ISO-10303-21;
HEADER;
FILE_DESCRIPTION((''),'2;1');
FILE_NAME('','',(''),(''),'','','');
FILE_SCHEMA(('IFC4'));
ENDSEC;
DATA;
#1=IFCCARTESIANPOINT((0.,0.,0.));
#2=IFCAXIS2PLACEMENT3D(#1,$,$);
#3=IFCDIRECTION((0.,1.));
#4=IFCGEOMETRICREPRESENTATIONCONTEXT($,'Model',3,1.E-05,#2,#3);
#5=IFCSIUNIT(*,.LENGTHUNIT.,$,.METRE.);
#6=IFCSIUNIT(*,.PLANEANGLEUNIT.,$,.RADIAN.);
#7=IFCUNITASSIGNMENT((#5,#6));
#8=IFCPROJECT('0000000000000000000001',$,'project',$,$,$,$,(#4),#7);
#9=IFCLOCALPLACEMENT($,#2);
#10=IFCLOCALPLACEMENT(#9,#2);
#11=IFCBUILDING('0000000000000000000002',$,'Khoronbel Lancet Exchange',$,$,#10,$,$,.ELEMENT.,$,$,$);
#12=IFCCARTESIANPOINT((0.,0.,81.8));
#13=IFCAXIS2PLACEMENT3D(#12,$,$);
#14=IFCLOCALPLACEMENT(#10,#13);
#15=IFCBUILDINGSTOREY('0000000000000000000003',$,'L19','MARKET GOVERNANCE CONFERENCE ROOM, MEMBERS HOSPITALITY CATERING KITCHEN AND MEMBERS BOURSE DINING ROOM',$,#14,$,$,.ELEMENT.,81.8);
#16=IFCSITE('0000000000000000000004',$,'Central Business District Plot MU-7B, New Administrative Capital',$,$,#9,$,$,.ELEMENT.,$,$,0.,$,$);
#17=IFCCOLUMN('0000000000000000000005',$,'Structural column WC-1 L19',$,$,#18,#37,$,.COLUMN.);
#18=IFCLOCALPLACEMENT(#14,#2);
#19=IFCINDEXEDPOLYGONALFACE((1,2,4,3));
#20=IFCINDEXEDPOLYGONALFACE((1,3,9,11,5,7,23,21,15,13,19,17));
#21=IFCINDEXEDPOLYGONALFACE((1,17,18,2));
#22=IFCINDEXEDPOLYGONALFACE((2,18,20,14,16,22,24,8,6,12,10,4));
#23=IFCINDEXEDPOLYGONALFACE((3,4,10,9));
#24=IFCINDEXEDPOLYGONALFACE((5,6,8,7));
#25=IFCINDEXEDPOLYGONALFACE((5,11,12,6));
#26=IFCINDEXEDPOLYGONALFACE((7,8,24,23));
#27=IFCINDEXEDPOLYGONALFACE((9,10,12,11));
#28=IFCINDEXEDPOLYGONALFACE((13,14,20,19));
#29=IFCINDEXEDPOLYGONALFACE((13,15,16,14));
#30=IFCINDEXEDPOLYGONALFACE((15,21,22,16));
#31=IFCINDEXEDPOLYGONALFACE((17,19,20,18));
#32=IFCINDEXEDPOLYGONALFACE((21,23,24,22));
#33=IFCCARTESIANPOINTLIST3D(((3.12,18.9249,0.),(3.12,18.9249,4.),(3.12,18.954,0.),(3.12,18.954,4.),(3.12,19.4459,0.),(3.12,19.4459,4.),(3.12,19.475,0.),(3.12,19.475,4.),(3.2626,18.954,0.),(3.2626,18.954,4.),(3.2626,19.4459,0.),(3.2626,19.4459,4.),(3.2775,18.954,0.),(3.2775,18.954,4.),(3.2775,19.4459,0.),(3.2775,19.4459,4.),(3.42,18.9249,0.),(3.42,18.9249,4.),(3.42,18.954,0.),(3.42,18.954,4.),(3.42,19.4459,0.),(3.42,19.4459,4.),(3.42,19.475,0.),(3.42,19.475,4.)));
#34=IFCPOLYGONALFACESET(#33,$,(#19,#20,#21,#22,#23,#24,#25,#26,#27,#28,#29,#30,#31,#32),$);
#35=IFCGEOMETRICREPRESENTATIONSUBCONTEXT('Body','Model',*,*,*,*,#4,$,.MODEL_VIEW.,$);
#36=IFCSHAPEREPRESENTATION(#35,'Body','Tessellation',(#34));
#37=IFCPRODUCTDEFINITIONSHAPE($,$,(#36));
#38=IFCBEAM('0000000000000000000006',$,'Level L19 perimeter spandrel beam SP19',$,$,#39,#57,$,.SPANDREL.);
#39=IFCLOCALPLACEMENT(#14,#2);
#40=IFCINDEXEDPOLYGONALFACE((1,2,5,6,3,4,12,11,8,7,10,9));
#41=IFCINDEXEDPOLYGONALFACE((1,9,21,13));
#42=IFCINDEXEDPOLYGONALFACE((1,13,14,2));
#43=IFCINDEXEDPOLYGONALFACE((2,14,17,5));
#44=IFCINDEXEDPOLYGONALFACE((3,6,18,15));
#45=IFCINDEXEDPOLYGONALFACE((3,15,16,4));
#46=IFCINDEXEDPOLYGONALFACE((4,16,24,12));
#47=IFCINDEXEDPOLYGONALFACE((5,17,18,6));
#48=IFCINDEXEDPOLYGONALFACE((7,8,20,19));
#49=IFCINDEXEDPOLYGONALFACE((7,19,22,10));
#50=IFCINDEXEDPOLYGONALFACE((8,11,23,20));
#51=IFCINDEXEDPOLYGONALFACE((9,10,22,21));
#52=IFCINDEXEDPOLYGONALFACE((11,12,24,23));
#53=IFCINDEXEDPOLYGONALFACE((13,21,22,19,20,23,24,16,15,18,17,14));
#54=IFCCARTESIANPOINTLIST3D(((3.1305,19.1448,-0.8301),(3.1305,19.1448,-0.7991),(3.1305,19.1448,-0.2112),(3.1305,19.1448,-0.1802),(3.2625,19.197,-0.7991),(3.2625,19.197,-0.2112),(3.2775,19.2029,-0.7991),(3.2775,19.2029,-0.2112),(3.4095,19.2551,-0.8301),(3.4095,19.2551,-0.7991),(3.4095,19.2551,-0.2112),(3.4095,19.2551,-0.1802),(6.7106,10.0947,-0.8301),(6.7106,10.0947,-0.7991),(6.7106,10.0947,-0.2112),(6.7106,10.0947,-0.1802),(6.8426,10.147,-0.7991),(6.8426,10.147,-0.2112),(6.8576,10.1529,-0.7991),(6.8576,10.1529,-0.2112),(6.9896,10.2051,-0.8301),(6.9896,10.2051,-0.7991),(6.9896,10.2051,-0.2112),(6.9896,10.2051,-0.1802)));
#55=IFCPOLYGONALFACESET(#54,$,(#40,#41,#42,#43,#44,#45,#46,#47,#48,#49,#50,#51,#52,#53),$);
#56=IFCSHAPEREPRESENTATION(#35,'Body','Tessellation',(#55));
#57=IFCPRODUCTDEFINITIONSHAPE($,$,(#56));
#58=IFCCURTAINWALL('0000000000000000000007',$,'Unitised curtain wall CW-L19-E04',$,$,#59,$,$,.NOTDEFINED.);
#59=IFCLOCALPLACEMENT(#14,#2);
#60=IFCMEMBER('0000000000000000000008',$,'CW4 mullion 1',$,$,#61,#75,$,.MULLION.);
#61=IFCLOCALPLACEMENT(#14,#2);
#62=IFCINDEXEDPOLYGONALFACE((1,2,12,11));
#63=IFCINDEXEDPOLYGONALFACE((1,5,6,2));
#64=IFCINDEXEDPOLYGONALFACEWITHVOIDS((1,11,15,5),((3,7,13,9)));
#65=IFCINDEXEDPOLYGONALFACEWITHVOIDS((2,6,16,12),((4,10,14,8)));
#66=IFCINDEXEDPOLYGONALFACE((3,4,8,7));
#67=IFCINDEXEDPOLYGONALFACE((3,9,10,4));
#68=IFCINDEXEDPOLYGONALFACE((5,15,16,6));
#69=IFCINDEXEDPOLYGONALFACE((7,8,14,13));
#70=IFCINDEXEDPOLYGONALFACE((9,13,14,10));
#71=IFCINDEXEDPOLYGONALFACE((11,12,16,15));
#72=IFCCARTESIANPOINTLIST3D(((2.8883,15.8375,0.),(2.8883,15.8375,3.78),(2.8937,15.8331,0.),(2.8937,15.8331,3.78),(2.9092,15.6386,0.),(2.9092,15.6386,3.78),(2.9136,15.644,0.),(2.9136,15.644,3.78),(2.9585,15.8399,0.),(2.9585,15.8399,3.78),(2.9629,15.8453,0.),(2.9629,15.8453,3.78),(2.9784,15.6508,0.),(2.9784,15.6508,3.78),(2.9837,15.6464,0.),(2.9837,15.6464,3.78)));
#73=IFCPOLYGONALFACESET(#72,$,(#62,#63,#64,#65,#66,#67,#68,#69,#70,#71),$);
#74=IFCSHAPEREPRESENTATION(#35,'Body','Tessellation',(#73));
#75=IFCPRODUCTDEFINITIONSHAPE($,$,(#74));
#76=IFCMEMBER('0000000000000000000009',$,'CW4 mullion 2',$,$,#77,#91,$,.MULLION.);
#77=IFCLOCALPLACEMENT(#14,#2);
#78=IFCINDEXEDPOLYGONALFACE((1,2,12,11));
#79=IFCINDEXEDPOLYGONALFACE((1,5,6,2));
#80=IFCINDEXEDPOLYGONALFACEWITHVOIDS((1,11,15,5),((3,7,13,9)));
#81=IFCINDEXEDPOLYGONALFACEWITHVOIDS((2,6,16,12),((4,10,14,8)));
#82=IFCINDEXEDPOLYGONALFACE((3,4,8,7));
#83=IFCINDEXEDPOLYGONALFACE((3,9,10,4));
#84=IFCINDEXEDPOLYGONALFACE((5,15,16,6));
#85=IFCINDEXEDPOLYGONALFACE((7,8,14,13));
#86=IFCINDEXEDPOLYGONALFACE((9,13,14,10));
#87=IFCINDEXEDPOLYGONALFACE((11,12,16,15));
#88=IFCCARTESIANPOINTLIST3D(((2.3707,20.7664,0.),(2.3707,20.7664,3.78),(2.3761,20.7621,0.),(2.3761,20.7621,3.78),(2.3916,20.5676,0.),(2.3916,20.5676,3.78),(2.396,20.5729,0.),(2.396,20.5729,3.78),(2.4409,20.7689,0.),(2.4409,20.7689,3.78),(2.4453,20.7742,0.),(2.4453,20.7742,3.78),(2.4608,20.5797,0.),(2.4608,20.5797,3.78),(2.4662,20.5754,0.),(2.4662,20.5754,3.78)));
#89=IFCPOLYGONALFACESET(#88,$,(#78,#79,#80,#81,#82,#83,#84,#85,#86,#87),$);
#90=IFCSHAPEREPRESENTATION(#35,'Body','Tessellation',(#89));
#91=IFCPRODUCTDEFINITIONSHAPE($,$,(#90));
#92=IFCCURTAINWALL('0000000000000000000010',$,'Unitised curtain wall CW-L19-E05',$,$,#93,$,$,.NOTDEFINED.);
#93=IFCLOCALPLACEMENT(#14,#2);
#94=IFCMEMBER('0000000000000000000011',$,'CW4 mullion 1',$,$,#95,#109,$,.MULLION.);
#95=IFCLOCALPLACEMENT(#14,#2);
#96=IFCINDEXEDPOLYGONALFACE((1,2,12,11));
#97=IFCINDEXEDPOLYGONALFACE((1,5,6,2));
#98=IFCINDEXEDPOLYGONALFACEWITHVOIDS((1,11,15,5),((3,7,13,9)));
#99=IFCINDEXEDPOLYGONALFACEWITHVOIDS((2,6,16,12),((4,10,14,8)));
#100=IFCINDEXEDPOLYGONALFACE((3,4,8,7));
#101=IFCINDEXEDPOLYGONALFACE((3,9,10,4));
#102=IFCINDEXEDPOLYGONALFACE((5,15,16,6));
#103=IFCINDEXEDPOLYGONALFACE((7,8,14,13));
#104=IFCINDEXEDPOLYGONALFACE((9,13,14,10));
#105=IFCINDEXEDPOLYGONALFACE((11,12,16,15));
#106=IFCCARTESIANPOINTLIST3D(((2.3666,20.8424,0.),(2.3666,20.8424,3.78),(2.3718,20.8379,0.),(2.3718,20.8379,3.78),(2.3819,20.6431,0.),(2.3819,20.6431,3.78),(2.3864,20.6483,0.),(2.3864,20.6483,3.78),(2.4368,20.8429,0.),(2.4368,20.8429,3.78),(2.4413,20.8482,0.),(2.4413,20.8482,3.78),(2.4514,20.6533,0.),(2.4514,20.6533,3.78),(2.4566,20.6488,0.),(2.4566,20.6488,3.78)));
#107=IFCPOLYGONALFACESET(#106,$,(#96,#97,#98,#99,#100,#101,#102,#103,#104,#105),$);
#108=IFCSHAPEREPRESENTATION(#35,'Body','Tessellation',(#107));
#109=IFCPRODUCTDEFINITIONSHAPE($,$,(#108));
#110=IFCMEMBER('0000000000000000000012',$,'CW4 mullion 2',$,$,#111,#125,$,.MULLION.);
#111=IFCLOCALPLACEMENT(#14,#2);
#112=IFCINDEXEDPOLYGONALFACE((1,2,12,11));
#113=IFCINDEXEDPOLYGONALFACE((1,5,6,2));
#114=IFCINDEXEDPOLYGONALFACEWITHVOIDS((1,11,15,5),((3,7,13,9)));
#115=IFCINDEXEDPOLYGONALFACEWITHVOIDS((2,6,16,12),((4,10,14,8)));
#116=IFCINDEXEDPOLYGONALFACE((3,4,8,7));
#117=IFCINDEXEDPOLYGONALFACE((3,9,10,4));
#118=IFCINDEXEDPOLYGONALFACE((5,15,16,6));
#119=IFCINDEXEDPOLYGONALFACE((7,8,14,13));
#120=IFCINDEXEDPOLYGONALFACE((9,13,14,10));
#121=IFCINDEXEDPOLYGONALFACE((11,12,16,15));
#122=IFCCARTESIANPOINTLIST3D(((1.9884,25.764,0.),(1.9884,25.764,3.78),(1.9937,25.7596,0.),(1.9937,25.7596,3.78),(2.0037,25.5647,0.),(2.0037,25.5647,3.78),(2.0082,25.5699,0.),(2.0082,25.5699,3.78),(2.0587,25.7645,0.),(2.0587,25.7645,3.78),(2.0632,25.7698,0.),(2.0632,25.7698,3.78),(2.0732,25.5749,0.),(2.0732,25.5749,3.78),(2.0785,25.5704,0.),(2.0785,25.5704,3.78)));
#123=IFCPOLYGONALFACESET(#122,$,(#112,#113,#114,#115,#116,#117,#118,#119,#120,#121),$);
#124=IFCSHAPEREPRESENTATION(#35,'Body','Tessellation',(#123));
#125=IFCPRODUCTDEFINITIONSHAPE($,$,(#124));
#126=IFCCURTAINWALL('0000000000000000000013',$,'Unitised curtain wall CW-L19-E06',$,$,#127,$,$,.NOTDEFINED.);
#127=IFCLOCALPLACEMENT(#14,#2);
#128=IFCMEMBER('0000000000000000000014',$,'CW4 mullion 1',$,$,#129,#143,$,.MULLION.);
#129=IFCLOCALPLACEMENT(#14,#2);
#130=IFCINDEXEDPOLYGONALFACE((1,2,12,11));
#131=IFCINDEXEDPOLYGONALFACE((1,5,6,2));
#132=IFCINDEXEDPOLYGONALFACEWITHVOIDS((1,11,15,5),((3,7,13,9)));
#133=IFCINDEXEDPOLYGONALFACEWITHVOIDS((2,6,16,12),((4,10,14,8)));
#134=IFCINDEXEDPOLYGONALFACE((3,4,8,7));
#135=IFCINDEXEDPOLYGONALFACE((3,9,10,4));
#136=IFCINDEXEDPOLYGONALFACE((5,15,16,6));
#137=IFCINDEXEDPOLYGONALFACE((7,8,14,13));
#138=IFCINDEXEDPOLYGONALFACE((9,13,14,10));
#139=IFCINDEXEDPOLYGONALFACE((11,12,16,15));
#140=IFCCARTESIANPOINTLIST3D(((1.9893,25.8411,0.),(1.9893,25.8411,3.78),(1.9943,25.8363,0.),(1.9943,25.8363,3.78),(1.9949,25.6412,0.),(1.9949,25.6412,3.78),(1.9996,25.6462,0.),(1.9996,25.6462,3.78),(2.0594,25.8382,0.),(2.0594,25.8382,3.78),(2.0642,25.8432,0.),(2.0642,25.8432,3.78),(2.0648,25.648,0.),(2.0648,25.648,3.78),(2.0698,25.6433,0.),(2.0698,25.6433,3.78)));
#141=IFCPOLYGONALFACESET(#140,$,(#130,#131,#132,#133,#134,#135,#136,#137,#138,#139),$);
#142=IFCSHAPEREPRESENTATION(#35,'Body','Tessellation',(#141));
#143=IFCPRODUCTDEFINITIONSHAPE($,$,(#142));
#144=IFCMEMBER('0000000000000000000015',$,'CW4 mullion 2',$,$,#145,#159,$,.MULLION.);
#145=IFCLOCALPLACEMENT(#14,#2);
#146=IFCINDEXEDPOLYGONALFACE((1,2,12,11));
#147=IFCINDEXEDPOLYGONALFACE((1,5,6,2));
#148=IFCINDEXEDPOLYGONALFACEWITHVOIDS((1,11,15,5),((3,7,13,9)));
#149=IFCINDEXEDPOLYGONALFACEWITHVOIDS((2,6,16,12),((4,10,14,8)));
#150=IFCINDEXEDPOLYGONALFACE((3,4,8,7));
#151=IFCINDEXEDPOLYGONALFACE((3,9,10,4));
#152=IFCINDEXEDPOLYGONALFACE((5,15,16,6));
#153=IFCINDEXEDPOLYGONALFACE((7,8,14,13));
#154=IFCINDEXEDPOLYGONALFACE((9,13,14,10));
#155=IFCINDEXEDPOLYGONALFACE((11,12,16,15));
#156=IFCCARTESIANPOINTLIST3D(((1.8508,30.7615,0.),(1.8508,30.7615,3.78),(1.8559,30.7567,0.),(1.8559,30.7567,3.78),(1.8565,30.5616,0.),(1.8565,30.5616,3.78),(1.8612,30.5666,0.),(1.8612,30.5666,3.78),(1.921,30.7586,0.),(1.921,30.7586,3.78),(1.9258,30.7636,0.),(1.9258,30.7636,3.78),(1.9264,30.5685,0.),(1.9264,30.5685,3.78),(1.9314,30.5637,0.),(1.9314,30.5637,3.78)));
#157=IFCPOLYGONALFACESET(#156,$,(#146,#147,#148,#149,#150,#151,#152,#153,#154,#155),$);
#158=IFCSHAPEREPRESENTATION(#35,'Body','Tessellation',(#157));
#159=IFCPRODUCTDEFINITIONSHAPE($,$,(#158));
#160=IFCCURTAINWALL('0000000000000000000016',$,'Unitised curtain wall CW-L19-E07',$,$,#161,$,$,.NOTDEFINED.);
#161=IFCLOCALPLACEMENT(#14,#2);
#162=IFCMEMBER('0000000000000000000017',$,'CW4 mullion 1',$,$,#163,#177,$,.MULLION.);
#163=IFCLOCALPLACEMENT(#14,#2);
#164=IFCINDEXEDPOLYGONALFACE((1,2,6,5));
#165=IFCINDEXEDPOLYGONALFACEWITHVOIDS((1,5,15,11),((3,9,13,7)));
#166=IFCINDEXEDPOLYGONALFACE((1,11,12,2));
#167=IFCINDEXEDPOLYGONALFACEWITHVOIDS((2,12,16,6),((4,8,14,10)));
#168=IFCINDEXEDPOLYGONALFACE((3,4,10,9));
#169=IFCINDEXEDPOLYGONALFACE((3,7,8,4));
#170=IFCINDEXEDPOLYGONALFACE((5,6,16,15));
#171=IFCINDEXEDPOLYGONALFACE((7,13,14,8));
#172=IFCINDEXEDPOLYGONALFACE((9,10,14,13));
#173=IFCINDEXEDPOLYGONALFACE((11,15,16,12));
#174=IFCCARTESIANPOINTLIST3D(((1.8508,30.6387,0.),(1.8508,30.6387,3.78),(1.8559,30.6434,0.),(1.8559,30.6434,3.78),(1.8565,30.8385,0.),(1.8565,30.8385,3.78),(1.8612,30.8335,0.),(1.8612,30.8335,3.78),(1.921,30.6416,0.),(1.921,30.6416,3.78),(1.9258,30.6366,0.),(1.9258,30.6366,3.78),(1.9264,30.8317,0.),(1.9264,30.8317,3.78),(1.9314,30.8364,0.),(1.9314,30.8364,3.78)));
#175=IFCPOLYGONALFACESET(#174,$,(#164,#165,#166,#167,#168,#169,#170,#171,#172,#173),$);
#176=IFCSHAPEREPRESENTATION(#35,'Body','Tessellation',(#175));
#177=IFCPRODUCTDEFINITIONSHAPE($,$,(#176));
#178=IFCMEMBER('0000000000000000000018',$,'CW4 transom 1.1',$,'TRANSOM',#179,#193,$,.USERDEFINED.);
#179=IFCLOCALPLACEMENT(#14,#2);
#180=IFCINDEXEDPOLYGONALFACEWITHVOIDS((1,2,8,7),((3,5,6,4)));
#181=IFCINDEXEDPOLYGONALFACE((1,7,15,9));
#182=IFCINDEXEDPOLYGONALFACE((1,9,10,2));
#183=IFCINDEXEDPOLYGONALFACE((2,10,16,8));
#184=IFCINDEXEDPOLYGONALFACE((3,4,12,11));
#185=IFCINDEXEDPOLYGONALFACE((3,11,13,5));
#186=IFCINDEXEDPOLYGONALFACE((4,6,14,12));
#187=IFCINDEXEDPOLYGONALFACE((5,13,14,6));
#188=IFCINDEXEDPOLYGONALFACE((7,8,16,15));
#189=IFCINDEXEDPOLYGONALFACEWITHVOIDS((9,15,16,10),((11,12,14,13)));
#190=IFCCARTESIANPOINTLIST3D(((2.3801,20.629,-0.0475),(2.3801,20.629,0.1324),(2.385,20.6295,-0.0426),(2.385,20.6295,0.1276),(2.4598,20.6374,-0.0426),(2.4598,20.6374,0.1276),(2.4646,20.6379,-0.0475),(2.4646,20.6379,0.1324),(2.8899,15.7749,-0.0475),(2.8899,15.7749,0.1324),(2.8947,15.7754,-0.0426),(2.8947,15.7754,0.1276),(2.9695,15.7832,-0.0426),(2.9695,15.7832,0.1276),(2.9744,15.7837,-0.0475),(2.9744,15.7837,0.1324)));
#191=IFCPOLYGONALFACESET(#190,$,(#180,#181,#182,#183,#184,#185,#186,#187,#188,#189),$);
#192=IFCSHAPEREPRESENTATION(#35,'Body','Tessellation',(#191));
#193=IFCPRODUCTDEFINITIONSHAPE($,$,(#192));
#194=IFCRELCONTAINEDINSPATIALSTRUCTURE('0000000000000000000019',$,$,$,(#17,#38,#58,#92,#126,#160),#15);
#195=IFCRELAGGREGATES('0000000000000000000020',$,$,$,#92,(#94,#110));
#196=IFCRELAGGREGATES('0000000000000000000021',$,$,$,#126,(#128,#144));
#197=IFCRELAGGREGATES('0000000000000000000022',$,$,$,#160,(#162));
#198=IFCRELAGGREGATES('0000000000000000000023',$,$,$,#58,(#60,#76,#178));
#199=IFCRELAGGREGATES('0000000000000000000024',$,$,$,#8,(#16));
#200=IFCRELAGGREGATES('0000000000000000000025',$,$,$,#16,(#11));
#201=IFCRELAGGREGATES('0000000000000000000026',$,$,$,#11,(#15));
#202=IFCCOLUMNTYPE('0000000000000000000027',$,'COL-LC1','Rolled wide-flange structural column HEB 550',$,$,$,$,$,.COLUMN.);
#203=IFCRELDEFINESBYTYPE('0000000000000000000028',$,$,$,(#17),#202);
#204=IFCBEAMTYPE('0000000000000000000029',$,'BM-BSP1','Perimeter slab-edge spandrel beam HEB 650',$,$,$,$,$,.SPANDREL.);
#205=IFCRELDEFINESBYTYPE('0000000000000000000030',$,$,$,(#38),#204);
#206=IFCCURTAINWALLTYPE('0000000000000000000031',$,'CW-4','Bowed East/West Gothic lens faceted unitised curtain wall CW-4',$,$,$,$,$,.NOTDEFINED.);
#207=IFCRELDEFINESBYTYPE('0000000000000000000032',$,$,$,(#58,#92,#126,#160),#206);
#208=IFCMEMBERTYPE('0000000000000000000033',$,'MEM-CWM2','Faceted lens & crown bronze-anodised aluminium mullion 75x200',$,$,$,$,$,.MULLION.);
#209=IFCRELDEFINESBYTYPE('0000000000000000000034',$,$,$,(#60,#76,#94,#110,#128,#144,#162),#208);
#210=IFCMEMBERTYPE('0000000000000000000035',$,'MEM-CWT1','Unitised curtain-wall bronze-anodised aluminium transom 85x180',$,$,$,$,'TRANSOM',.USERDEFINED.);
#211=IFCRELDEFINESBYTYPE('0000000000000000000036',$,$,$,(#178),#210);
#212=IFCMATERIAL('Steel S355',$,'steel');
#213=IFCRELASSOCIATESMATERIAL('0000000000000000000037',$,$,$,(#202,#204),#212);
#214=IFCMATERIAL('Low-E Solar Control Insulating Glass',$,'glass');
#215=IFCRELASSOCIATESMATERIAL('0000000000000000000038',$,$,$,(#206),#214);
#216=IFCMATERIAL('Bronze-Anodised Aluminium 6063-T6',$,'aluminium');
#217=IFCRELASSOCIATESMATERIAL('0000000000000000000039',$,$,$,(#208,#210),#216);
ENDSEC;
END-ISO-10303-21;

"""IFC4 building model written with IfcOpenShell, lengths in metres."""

from ifc_helpers import new_model, si_unit, direction, frame, origin, origin_2d, place, context, subcontext, project, spatial, hollow_rectangle, i_section, extrude, material, material_profile, profile_set, type_object, element, aggregate, save


model = new_model("IFC4")

# Units and contexts
model_context = context("Model", 3, precision=1e-05, world=origin(), true_north=direction((0.0, 1.0)))
body_context = subcontext(model_context, "Body", "Model", "MODEL_VIEW")
ifc_project = project(units=[si_unit("LENGTHUNIT", "METRE"), si_unit("PLANEANGLEUNIT", "RADIAN")], contexts=[model_context])

# Site, building, storey
site_placement = place(None, origin())
site = spatial("IfcSite", under=ifc_project, at=site_placement, Name="Central Business District Plot MU-7B, New Administrative Capital", CompositionType="ELEMENT", RefElevation=0.0)
building_placement = place(site_placement, origin())
building = spatial("IfcBuilding", under=site, at=building_placement, Name="Khoronbel Lancet Exchange", CompositionType="ELEMENT")
storey_placement = place(building_placement, frame((0.0, 0.0, 81.8)))
storey = spatial("IfcBuildingStorey", under=building, at=storey_placement, Name="L19", Description="MARKET GOVERNANCE CONFERENCE ROOM, MEMBERS HOSPITALITY CATERING KITCHEN AND MEMBERS BOURSE DINING ROOM", CompositionType="ELEMENT", Elevation=81.8)

# Column
ifc_material_1 = material(Name="Steel S355", Category="steel")
ifc_material_profile_1 = material_profile(ifc_material_1, i_section(OverallWidth=0.3, OverallDepth=0.55, WebThickness=0.0149, FlangeThickness=0.0291, at=origin_2d()), Name="HEB 550")
ifc_profile_set_1 = profile_set([ifc_material_profile_1], Name="Steel S355")
column_type = type_object("IfcColumnType", Name="COL-LC1", Description="Rolled wide-flange structural column HEB 550", PredefinedType="COLUMN", material=ifc_profile_set_1)
column_placement = place(storey_placement, frame((3.27, 19.2, 0.0), z_axis=(0.0, 0.0, 1.0), x_axis=(1.0, 0.0, 0.0)))
element("IfcColumn", 1, at=column_placement, inside=storey, type_object=column_type, Name="Structural column WC-1 L19", PredefinedType="COLUMN", context=body_context, shape_type="SweptSolid", body=[
    extrude(i_section(OverallWidth=0.3, OverallDepth=0.55, WebThickness=0.0149, FlangeThickness=0.0291, at=origin_2d()), origin(), (0.0, 0.0, 1.0), 4.0),
])

# Beam
ifc_material_profile_2 = material_profile(ifc_material_1, i_section(OverallWidth=0.3, OverallDepth=0.6499, WebThickness=0.0161, FlangeThickness=0.031, at=origin_2d()), Name="HEB 650")
ifc_profile_set_2 = profile_set([ifc_material_profile_2], Name="Steel S355")
beam_type = type_object("IfcBeamType", Name="BM-BSP1", Description="Perimeter slab-edge spandrel beam HEB 650", PredefinedType="SPANDREL", material=ifc_profile_set_2)
beam_placement = place(storey_placement, frame((3.27, 19.2, -0.5051), z_axis=(0.36785, -0.929885, 0.0), x_axis=(0.929885, 0.36785, 0.0)))
element("IfcBeam", 2, at=beam_placement, inside=storey, type_object=beam_type, Name="Level L19 perimeter spandrel beam SP19", PredefinedType="SPANDREL", context=body_context, shape_type="SweptSolid", body=[
    extrude(i_section(OverallWidth=0.3, OverallDepth=0.6499, WebThickness=0.0161, FlangeThickness=0.031, at=origin_2d()), origin(), (0.0, 0.0, 1.0), 9.7324),
])

# Curtain walls, members
ifc_material_2 = material(Name="Low-E Solar Control Insulating Glass", Category="glass")
curtain_wall_type = type_object("IfcCurtainWallType", Name="CW-4", Description="Bowed East/West Gothic lens faceted unitised curtain wall CW-4", PredefinedType="NOTDEFINED", material=ifc_material_2)
curtain_wall_1_placement = place(storey_placement, origin())
curtain_wall_1 = element("IfcCurtainWall", 3, at=curtain_wall_1_placement, inside=storey, type_object=curtain_wall_type, Name="Unitised curtain wall CW-L19-E04", PredefinedType="NOTDEFINED")
ifc_material_3 = material(Name="Bronze-Anodised Aluminium 6063-T6", Category="aluminium")
ifc_material_profile_3 = material_profile(ifc_material_3, hollow_rectangle(XDim=0.075, YDim=0.2, WallThickness=0.0049, at=origin_2d()), Name="ALU MULLION 75x200")
ifc_profile_set_3 = profile_set([ifc_material_profile_3], Name="Bronze-Anodised Aluminium 6063-T6")
member_type_1 = type_object("IfcMemberType", Name="MEM-CWM2", Description="Faceted lens & crown bronze-anodised aluminium mullion 75x200", PredefinedType="MULLION", material=ifc_profile_set_3)
member_1_placement = place(storey_placement, frame((2.936, 15.7419, 0.0), z_axis=(0.0, 0.0, 1.0), x_axis=(-0.994532, -0.104434, 0.0)))
member_1 = element("IfcMember", 4, at=member_1_placement, type_object=member_type_1, Name="CW4 mullion 1", PredefinedType="MULLION", context=body_context, shape_type="SweptSolid", body=[
    extrude(hollow_rectangle(XDim=0.075, YDim=0.2, WallThickness=0.0049, at=origin_2d()), origin(), (0.0, 0.0, 1.0), 3.78),
])
member_2_placement = place(storey_placement, frame((2.4185, 20.6709, 0.0), z_axis=(0.0, 0.0, 1.0), x_axis=(-0.994532, -0.104434, 0.0)))
member_2 = element("IfcMember", 5, at=member_2_placement, type_object=member_type_1, Name="CW4 mullion 2", PredefinedType="MULLION", context=body_context, shape_type="SweptSolid", body=[
    extrude(hollow_rectangle(XDim=0.075, YDim=0.2, WallThickness=0.0049, at=origin_2d()), origin(), (0.0, 0.0, 1.0), 3.78),
])
curtain_wall_2_placement = place(storey_placement, origin())
curtain_wall_2 = element("IfcCurtainWall", 6, at=curtain_wall_2_placement, inside=storey, type_object=curtain_wall_type, Name="Unitised curtain wall CW-L19-E05", PredefinedType="NOTDEFINED")
member_3_placement = place(storey_placement, frame((2.4116, 20.7456, 0.0), z_axis=(0.0, 0.0, 1.0), x_axis=(-0.99706, -0.076626, 0.0)))
member_3 = element("IfcMember", 7, at=member_3_placement, type_object=member_type_1, Name="CW4 mullion 1", PredefinedType="MULLION", context=body_context, shape_type="SweptSolid", body=[
    extrude(hollow_rectangle(XDim=0.075, YDim=0.2, WallThickness=0.0049, at=origin_2d()), origin(), (0.0, 0.0, 1.0), 3.78),
])
member_4_placement = place(storey_placement, frame((2.0334, 25.6672, 0.0), z_axis=(0.0, 0.0, 1.0), x_axis=(-0.99706, -0.076626, 0.0)))
member_4 = element("IfcMember", 8, at=member_4_placement, type_object=member_type_1, Name="CW4 mullion 2", PredefinedType="MULLION", context=body_context, shape_type="SweptSolid", body=[
    extrude(hollow_rectangle(XDim=0.075, YDim=0.2, WallThickness=0.0049, at=origin_2d()), origin(), (0.0, 0.0, 1.0), 3.78),
])
curtain_wall_3_placement = place(storey_placement, origin())
curtain_wall_3 = element("IfcCurtainWall", 9, at=curtain_wall_3_placement, inside=storey, type_object=curtain_wall_type, Name="Unitised curtain wall CW-L19-E06", PredefinedType="NOTDEFINED")
member_5_placement = place(storey_placement, frame((2.0295, 25.7422, 0.0), z_axis=(0.0, 0.0, 1.0), x_axis=(-0.999604, -0.028135, 0.0)))
member_5 = element("IfcMember", 10, at=member_5_placement, type_object=member_type_1, Name="CW4 mullion 1", PredefinedType="MULLION", context=body_context, shape_type="SweptSolid", body=[
    extrude(hollow_rectangle(XDim=0.075, YDim=0.2, WallThickness=0.0049, at=origin_2d()), origin(), (0.0, 0.0, 1.0), 3.78),
])
member_6_placement = place(storey_placement, frame((1.8911, 30.6626, 0.0), z_axis=(0.0, 0.0, 1.0), x_axis=(-0.999604, -0.028135, 0.0)))
member_6 = element("IfcMember", 11, at=member_6_placement, type_object=member_type_1, Name="CW4 mullion 2", PredefinedType="MULLION", context=body_context, shape_type="SweptSolid", body=[
    extrude(hollow_rectangle(XDim=0.075, YDim=0.2, WallThickness=0.0049, at=origin_2d()), origin(), (0.0, 0.0, 1.0), 3.78),
])

# Curtain wall, member
curtain_wall_4_placement = place(storey_placement, origin())
curtain_wall_4 = element("IfcCurtainWall", 12, at=curtain_wall_4_placement, inside=storey, type_object=curtain_wall_type, Name="Unitised curtain wall CW-L19-E07", PredefinedType="NOTDEFINED")
member_7_placement = place(storey_placement, frame((1.8911, 30.7375, 0.0), z_axis=(0.0, 0.0, 1.0), x_axis=(-0.999604, 0.028135, 0.0)))
member_7 = element("IfcMember", 13, at=member_7_placement, type_object=member_type_1, Name="CW4 mullion 1", PredefinedType="MULLION", context=body_context, shape_type="SweptSolid", body=[
    extrude(hollow_rectangle(XDim=0.075, YDim=0.2, WallThickness=0.0049, at=origin_2d()), origin(), (0.0, 0.0, 1.0), 3.78),
])

# Member
ifc_material_profile_4 = material_profile(ifc_material_3, hollow_rectangle(XDim=0.085, YDim=0.1799, WallThickness=0.0049, at=origin_2d()), Name="ALU TRANSOM 85x180")
ifc_profile_set_4 = profile_set([ifc_material_profile_4], Name="Bronze-Anodised Aluminium 6063-T6")
member_type_2 = type_object("IfcMemberType", Name="MEM-CWT1", Description="Unitised curtain-wall bronze-anodised aluminium transom 85x180", ElementType="TRANSOM", PredefinedType="USERDEFINED", material=ifc_profile_set_4)
member_8_placement = place(storey_placement, frame((2.9321, 15.7793, 0.0425), z_axis=(-0.10444, 0.994531, 0.0), x_axis=(-0.994531, -0.10444, 0.0)))
member_8 = element("IfcMember", 14, at=member_8_placement, type_object=member_type_2, Name="CW4 transom 1.1", ObjectType="TRANSOM", PredefinedType="USERDEFINED", context=body_context, shape_type="SweptSolid", body=[
    extrude(hollow_rectangle(XDim=0.085, YDim=0.1799, WallThickness=0.0049, at=origin_2d()), origin(), (0.0, 0.0, 1.0), 4.8809),
])

aggregate(curtain_wall_2, [member_3, member_4])
aggregate(curtain_wall_3, [member_5, member_6])
aggregate(curtain_wall_4, [member_7])
aggregate(curtain_wall_1, [member_1, member_2, member_8])

save(model, "model.ifc")
